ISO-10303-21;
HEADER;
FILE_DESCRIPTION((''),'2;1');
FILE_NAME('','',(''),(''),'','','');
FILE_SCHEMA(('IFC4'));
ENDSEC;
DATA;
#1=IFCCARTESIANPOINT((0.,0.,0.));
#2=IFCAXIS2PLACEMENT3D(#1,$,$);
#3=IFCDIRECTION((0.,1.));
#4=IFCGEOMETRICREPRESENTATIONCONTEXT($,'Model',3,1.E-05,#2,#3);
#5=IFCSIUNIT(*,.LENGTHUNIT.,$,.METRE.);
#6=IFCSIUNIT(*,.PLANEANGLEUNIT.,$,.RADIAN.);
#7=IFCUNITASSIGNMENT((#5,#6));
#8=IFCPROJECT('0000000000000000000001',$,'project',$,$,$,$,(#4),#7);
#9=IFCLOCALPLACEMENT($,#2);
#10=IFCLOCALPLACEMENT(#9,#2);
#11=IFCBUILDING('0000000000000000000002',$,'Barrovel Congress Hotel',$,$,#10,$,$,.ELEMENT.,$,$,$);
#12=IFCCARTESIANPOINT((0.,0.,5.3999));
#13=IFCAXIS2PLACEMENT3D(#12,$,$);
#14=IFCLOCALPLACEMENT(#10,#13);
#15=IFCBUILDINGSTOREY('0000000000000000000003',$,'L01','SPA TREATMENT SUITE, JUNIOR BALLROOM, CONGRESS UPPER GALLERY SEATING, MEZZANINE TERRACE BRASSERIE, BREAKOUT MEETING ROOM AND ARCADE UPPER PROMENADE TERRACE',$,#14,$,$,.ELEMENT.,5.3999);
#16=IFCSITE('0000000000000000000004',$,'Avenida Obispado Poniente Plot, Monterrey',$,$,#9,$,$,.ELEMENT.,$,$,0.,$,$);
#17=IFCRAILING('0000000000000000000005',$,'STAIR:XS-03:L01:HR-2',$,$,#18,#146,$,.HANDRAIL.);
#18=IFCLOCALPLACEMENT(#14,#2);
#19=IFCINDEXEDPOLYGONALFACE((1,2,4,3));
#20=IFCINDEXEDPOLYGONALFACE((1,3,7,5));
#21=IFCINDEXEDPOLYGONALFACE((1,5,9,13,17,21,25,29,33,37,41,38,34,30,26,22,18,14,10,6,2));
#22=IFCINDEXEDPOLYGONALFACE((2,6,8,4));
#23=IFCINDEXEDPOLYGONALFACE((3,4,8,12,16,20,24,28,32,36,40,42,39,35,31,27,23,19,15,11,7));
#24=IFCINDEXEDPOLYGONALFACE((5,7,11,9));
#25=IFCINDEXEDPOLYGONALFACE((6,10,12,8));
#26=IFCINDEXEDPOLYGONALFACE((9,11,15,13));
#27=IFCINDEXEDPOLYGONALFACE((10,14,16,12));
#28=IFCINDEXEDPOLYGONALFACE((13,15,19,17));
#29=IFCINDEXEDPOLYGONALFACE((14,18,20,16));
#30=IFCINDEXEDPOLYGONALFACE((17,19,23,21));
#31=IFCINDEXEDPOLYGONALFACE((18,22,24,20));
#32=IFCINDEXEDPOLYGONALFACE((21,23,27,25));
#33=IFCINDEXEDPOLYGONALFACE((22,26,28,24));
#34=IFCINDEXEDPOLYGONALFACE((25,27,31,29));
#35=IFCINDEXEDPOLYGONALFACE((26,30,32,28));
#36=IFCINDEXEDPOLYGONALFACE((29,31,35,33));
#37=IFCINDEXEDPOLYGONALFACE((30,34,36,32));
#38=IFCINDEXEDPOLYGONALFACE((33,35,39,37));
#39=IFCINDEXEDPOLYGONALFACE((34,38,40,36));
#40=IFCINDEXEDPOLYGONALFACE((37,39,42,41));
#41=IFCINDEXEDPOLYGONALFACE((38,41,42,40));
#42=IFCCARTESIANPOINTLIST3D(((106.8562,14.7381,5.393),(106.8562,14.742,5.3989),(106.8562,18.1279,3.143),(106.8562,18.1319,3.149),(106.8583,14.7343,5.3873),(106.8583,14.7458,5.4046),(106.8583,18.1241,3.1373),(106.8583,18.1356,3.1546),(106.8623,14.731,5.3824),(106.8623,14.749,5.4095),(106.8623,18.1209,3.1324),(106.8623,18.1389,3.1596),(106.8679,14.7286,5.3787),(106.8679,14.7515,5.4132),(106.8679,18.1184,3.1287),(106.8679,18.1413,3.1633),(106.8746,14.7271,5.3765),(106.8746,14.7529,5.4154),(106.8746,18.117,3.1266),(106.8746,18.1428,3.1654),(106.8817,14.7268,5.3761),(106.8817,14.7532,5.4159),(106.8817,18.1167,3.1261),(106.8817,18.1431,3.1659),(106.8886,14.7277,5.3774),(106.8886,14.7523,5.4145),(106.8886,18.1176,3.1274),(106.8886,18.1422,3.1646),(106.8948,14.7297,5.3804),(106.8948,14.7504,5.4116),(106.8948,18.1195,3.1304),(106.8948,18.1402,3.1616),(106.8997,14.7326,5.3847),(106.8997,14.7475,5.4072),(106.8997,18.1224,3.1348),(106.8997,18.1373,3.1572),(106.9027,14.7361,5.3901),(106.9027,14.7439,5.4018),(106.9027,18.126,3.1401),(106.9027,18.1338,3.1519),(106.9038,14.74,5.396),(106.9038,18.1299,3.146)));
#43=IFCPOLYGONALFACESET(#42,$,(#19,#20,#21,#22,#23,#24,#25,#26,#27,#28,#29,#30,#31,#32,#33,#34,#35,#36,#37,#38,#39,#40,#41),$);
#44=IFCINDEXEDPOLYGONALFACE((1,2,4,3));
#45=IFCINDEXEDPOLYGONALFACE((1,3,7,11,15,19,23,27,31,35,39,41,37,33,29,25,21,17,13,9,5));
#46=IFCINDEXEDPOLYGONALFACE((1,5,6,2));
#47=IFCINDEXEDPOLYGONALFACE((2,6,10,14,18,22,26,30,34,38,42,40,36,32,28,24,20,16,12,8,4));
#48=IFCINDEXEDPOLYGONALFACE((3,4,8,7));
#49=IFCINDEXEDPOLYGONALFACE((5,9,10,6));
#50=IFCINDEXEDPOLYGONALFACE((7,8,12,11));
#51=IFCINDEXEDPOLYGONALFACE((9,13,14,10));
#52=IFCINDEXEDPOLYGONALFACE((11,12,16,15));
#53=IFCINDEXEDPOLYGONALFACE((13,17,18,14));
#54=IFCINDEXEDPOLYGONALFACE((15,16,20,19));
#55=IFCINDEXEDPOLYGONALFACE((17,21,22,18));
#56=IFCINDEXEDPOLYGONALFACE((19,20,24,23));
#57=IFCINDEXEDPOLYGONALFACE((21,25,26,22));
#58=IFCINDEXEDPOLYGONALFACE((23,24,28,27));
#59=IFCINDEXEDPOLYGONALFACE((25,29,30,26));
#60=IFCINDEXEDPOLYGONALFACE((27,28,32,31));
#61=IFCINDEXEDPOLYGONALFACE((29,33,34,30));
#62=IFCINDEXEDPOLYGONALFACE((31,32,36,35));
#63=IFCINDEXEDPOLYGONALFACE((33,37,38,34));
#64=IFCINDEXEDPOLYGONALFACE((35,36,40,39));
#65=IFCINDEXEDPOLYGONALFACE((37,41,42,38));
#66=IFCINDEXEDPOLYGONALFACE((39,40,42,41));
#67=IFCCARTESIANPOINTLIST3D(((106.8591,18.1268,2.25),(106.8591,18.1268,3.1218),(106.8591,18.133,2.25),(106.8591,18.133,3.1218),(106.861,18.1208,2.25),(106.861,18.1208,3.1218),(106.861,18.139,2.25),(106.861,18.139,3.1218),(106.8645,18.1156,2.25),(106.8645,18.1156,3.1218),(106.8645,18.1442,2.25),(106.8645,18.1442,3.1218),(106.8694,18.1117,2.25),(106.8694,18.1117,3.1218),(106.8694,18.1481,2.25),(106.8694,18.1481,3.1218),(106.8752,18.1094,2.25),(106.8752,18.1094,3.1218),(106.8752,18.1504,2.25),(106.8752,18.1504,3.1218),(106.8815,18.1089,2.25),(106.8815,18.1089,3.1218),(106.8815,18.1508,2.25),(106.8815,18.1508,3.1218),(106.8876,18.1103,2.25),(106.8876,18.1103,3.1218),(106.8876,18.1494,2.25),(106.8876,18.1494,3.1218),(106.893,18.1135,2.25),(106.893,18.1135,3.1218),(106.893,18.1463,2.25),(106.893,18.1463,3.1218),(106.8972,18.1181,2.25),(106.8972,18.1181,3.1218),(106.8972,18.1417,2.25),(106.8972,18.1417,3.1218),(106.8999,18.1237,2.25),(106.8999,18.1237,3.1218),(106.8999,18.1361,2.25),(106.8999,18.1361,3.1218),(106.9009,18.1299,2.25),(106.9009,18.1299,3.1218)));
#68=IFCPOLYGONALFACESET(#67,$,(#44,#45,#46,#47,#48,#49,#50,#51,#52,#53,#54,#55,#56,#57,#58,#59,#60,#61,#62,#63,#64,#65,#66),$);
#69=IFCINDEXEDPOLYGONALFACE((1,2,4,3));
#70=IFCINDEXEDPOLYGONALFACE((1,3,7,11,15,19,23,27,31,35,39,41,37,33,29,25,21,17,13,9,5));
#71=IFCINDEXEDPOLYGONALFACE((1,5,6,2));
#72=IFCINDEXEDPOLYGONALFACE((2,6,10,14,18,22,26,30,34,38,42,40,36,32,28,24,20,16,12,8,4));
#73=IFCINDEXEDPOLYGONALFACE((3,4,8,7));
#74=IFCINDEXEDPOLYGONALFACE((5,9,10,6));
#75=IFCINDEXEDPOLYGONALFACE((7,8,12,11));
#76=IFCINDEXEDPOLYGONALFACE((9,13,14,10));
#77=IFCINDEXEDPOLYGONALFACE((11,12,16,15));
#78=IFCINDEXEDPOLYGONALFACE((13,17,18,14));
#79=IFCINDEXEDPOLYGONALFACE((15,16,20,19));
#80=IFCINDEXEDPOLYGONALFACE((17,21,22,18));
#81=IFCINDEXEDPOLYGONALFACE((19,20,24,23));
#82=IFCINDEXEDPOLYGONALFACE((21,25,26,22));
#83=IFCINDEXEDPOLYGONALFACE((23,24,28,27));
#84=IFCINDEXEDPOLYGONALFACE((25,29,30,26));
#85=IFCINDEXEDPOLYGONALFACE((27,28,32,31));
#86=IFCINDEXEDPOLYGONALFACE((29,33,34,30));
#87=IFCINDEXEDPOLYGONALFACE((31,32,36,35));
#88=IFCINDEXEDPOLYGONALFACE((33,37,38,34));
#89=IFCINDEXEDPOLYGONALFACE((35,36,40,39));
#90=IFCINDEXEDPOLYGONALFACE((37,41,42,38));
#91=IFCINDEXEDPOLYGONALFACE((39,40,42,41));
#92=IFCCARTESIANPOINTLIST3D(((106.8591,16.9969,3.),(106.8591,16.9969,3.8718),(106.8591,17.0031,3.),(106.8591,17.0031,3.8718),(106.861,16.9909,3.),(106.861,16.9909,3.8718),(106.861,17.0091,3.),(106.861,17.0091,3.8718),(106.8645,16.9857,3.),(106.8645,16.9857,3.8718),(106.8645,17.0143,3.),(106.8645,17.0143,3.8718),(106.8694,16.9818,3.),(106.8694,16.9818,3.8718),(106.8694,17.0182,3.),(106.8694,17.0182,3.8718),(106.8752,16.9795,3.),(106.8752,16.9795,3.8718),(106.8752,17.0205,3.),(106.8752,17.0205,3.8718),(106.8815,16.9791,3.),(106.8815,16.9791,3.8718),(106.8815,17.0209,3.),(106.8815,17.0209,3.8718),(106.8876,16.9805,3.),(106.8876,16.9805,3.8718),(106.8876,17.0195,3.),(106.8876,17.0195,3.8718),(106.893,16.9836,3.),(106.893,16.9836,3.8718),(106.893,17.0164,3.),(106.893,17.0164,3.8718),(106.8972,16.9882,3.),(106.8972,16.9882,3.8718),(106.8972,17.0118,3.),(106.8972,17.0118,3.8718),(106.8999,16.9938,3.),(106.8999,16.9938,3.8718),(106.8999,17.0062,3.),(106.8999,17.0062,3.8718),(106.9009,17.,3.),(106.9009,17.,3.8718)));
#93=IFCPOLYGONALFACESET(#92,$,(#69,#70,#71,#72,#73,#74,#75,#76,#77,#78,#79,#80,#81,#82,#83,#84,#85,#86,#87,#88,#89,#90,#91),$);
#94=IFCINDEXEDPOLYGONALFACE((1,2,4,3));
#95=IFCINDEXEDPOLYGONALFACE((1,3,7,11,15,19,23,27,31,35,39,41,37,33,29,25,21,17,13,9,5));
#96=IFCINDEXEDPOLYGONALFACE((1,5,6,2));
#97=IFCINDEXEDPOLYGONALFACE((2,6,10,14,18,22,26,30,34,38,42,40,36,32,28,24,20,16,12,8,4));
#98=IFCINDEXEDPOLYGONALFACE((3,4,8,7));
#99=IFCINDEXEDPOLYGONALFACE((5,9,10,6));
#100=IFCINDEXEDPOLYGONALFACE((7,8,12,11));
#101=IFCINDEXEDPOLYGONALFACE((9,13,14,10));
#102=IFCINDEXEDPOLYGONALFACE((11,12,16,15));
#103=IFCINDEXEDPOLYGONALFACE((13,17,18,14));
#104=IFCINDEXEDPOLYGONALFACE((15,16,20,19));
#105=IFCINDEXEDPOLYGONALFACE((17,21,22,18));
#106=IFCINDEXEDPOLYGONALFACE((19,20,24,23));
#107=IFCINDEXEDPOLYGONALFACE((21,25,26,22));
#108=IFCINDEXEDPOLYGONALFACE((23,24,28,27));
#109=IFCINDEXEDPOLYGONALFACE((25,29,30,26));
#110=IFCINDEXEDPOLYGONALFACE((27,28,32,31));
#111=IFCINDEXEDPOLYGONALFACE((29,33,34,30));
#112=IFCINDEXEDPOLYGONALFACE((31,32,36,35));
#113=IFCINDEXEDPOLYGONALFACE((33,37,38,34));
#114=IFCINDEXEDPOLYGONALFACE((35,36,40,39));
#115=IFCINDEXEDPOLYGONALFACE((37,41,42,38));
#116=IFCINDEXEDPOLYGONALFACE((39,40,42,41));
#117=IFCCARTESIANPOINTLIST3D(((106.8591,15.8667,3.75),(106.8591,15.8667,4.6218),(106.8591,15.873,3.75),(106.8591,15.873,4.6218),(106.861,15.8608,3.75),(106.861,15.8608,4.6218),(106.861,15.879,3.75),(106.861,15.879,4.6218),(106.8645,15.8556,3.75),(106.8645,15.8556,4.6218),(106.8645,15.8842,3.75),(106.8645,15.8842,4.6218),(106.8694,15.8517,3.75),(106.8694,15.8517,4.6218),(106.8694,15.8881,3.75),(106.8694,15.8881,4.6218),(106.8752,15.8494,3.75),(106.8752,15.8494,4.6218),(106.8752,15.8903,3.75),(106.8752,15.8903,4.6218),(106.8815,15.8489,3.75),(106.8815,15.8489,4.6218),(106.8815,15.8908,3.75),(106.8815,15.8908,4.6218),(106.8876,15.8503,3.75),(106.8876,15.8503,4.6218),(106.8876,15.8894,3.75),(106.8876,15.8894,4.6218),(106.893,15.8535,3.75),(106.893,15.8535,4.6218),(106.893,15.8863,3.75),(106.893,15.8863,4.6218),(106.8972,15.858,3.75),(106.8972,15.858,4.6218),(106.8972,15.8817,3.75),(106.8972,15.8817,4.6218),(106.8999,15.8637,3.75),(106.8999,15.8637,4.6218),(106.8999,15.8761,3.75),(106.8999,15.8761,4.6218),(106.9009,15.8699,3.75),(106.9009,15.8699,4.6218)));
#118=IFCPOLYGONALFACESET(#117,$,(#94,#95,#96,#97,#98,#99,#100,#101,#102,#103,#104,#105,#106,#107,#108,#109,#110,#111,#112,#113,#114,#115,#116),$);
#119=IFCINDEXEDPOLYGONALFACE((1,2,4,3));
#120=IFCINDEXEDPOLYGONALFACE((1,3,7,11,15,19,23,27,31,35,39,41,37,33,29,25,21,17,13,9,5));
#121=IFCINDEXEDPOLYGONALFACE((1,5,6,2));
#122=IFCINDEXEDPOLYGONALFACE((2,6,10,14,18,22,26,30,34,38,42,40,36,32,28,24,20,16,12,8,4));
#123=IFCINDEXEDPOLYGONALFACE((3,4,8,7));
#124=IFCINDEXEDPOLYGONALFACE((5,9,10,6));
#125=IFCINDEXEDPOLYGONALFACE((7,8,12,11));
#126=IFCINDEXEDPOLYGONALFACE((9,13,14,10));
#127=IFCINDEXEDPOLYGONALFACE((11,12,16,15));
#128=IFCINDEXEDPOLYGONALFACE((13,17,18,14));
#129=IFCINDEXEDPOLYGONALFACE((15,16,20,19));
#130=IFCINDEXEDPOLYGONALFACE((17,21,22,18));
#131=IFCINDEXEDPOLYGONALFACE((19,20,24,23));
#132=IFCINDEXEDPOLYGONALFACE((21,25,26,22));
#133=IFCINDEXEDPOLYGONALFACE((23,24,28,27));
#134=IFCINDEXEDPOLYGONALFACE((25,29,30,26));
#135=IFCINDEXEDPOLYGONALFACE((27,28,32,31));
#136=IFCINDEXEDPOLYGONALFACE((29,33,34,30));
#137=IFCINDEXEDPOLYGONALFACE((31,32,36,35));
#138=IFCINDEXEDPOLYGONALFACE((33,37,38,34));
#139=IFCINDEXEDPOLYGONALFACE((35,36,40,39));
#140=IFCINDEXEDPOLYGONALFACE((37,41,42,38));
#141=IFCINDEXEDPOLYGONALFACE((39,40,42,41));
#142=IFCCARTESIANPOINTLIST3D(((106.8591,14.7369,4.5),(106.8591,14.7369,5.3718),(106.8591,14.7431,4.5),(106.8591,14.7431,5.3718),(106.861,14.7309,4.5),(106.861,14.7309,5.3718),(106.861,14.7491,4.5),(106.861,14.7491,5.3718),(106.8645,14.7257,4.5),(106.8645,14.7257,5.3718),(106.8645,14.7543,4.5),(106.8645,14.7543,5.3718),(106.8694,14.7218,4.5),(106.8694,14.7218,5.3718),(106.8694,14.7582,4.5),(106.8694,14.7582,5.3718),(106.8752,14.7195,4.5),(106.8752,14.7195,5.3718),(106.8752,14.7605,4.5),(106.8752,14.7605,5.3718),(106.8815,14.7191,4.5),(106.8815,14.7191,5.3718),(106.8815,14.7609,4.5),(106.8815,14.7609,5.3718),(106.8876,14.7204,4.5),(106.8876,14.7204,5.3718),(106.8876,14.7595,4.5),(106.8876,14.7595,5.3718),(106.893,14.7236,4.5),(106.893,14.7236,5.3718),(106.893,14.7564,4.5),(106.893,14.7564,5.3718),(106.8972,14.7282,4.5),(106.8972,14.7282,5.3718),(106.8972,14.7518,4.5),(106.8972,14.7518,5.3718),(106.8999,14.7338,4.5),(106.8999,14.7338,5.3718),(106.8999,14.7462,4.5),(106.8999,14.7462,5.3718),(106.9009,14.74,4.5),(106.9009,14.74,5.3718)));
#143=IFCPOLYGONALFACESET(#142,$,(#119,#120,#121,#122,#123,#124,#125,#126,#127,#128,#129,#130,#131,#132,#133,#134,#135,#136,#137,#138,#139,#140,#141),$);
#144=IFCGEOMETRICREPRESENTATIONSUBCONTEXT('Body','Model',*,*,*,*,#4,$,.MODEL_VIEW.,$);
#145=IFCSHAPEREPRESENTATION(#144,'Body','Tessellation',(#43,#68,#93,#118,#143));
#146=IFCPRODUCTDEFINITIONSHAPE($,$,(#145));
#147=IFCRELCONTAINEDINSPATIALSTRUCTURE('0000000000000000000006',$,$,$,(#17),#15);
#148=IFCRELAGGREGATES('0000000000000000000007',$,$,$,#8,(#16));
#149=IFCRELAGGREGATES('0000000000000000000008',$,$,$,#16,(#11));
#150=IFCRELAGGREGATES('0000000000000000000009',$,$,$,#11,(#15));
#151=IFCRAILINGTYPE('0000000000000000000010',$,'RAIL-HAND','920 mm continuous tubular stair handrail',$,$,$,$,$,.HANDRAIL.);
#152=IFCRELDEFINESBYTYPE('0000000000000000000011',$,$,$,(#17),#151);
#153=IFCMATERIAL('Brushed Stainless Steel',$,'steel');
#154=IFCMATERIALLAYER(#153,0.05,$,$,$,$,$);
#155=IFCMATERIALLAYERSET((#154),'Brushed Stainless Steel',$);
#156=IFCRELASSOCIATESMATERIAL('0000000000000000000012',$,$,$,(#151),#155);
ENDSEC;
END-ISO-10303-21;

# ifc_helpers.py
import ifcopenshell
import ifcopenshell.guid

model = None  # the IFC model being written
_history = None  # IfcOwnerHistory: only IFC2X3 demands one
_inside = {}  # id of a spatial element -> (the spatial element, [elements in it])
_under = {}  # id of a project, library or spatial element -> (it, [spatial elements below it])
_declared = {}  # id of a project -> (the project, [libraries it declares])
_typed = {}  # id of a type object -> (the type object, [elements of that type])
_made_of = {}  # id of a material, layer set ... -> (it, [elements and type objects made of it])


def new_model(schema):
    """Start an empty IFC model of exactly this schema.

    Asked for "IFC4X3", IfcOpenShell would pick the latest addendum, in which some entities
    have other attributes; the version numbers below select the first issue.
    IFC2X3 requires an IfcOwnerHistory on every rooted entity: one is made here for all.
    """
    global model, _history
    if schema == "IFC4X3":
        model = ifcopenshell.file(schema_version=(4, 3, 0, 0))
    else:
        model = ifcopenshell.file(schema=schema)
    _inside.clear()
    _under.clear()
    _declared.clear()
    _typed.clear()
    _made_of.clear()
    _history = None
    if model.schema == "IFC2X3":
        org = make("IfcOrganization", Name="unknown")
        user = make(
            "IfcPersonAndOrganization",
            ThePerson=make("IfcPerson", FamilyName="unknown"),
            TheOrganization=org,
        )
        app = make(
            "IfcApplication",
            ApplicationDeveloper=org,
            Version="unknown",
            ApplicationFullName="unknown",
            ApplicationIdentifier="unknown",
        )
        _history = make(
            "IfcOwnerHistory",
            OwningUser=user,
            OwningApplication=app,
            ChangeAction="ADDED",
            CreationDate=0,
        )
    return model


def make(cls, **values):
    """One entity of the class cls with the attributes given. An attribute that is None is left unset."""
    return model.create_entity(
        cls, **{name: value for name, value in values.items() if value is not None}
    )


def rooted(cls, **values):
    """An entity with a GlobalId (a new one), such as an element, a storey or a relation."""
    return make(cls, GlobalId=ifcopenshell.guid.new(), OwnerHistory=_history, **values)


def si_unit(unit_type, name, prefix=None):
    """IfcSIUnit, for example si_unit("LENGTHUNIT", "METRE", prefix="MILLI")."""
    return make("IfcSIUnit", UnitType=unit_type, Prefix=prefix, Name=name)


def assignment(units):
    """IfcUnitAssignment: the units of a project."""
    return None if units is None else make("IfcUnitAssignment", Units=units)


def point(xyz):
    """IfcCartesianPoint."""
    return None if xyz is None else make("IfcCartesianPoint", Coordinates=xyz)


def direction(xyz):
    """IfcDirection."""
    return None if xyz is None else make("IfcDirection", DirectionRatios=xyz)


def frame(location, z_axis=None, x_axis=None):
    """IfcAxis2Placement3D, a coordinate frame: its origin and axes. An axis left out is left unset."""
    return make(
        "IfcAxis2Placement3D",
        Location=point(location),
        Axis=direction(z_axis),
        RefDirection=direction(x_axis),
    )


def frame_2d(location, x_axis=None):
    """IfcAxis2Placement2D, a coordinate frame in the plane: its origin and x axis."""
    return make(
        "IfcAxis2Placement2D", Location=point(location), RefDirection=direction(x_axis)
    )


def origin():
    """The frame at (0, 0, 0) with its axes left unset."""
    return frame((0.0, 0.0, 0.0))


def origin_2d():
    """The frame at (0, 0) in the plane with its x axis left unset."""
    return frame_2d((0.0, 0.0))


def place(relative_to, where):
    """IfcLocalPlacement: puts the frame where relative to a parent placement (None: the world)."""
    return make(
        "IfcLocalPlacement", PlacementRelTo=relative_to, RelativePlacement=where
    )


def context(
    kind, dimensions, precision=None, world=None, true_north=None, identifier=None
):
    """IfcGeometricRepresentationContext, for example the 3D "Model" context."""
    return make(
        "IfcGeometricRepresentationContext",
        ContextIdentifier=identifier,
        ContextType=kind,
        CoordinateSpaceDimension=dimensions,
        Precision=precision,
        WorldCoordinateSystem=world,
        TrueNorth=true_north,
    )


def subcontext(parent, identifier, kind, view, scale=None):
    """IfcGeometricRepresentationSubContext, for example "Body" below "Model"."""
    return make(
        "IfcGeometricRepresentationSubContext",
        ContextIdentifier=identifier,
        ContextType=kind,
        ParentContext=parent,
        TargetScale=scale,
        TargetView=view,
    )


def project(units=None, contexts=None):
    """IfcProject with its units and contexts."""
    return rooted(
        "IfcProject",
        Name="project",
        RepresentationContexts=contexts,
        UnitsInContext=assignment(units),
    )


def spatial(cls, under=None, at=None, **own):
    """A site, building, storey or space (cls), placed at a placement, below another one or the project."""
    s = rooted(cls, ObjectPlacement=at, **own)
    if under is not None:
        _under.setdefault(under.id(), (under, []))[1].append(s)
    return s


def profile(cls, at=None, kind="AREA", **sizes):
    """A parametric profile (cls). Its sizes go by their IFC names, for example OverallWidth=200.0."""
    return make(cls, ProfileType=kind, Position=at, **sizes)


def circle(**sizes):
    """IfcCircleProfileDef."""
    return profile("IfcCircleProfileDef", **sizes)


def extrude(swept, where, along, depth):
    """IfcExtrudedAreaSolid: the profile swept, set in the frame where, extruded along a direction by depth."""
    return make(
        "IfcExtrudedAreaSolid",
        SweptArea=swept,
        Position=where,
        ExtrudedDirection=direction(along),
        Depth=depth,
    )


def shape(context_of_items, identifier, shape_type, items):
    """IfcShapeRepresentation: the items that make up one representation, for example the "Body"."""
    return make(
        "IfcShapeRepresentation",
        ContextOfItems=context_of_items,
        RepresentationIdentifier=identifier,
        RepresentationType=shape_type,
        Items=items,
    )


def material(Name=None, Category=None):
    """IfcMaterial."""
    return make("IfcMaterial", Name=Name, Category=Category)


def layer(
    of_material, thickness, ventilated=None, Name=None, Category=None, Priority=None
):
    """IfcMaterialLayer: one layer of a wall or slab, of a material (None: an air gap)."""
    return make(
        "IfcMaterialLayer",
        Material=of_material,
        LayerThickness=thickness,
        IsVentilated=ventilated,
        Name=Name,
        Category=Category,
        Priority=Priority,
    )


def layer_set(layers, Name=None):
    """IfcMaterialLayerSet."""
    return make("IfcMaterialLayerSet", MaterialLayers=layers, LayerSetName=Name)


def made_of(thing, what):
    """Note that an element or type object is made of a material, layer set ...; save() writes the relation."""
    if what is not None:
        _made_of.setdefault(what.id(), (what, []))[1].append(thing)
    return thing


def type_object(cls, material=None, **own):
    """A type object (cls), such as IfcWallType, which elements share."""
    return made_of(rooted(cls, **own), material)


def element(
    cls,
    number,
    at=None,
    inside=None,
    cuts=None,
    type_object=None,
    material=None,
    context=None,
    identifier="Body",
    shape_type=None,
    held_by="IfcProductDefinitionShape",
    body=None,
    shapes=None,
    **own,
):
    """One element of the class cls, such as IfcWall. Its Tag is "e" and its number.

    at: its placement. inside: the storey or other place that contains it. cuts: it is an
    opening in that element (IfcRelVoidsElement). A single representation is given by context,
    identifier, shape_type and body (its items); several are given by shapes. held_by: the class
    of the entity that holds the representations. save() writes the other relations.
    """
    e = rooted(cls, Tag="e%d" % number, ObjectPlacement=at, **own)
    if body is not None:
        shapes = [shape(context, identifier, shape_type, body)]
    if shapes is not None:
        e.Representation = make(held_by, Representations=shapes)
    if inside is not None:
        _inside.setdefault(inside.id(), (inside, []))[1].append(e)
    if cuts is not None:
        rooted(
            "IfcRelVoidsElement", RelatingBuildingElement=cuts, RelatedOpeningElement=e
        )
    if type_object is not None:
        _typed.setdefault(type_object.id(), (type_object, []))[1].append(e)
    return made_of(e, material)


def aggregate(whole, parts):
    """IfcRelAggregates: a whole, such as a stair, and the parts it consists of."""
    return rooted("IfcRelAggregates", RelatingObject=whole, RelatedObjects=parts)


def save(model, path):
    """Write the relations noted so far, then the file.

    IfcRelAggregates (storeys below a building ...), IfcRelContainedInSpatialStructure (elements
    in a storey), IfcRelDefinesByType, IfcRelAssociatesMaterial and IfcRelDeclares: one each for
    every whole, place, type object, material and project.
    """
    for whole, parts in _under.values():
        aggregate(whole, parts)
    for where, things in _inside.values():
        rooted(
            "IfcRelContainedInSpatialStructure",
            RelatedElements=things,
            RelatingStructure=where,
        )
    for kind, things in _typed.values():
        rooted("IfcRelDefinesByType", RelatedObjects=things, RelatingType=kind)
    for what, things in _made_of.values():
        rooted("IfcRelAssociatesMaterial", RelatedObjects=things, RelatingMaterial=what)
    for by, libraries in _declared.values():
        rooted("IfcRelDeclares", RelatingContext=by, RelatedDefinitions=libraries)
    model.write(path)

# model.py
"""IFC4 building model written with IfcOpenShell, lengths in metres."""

from ifc_helpers import new_model, si_unit, direction, frame, origin, origin_2d, place, context, subcontext, project, spatial, circle, extrude, material, layer, layer_set, type_object, element, save


model = new_model("IFC4")

# Units and contexts
model_context = context("Model", 3, precision=1e-05, world=origin(), true_north=direction((0.0, 1.0)))
body_context = subcontext(model_context, "Body", "Model", "MODEL_VIEW")
ifc_project = project(units=[si_unit("LENGTHUNIT", "METRE"), si_unit("PLANEANGLEUNIT", "RADIAN")], contexts=[model_context])

# Site, building, storey
site_placement = place(None, origin())
site = spatial("IfcSite", under=ifc_project, at=site_placement, Name="Avenida Obispado Poniente Plot, Monterrey", CompositionType="ELEMENT", RefElevation=0.0)
building_placement = place(site_placement, origin())
building = spatial("IfcBuilding", under=site, at=building_placement, Name="Barrovel Congress Hotel", CompositionType="ELEMENT")
storey_placement = place(building_placement, frame((0.0, 0.0, 5.3999)))
storey = spatial("IfcBuildingStorey", under=building, at=storey_placement, Name="L01", Description="SPA TREATMENT SUITE, JUNIOR BALLROOM, CONGRESS UPPER GALLERY SEATING, MEZZANINE TERRACE BRASSERIE, BREAKOUT MEETING ROOM AND ARCADE UPPER PROMENADE TERRACE", CompositionType="ELEMENT", Elevation=5.3999)

# Railing
ifc_material_1 = material(Name="Brushed Stainless Steel", Category="steel")
ifc_layer_1 = layer(ifc_material_1, 0.05)
ifc_layer_set_1 = layer_set([ifc_layer_1], Name="Brushed Stainless Steel")
railing_type_1 = type_object("IfcRailingType", Name="RAIL-HAND", Description="920 mm continuous tubular stair handrail", PredefinedType="HANDRAIL", material=ifc_layer_set_1)
railing_1_placement = place(storey_placement, frame((106.8799, 18.1299, 2.25)))
element("IfcRailing", 1, at=railing_1_placement, inside=storey, type_object=railing_type_1, Name="STAIR:XS-03:L01:HR-2", PredefinedType="HANDRAIL", context=body_context, shape_type="SweptSolid", body=[
    extrude(circle(Radius=0.0239, at=origin_2d()), frame((0.0, 0.0, 0.896), z_axis=(0.0, -0.833175, 0.55301), x_axis=(1.0, 0.0, 0.0)), (0.0, 0.0, 1.0), 4.0686),
    extrude(circle(Radius=0.021, at=origin_2d()), origin(), (0.0, 0.0, 1.0), 0.8718),
    extrude(circle(Radius=0.021, at=origin_2d()), frame((0.0, -1.1299, 0.75)), (0.0, 0.0, 1.0), 0.8718),
    extrude(circle(Radius=0.021, at=origin_2d()), frame((0.0, -2.26, 1.5)), (0.0, 0.0, 1.0), 0.8718),
    extrude(circle(Radius=0.021, at=origin_2d()), frame((0.0, -3.3899, 2.25)), (0.0, 0.0, 1.0), 0.8718),
])

save(model, "model.ifc")
